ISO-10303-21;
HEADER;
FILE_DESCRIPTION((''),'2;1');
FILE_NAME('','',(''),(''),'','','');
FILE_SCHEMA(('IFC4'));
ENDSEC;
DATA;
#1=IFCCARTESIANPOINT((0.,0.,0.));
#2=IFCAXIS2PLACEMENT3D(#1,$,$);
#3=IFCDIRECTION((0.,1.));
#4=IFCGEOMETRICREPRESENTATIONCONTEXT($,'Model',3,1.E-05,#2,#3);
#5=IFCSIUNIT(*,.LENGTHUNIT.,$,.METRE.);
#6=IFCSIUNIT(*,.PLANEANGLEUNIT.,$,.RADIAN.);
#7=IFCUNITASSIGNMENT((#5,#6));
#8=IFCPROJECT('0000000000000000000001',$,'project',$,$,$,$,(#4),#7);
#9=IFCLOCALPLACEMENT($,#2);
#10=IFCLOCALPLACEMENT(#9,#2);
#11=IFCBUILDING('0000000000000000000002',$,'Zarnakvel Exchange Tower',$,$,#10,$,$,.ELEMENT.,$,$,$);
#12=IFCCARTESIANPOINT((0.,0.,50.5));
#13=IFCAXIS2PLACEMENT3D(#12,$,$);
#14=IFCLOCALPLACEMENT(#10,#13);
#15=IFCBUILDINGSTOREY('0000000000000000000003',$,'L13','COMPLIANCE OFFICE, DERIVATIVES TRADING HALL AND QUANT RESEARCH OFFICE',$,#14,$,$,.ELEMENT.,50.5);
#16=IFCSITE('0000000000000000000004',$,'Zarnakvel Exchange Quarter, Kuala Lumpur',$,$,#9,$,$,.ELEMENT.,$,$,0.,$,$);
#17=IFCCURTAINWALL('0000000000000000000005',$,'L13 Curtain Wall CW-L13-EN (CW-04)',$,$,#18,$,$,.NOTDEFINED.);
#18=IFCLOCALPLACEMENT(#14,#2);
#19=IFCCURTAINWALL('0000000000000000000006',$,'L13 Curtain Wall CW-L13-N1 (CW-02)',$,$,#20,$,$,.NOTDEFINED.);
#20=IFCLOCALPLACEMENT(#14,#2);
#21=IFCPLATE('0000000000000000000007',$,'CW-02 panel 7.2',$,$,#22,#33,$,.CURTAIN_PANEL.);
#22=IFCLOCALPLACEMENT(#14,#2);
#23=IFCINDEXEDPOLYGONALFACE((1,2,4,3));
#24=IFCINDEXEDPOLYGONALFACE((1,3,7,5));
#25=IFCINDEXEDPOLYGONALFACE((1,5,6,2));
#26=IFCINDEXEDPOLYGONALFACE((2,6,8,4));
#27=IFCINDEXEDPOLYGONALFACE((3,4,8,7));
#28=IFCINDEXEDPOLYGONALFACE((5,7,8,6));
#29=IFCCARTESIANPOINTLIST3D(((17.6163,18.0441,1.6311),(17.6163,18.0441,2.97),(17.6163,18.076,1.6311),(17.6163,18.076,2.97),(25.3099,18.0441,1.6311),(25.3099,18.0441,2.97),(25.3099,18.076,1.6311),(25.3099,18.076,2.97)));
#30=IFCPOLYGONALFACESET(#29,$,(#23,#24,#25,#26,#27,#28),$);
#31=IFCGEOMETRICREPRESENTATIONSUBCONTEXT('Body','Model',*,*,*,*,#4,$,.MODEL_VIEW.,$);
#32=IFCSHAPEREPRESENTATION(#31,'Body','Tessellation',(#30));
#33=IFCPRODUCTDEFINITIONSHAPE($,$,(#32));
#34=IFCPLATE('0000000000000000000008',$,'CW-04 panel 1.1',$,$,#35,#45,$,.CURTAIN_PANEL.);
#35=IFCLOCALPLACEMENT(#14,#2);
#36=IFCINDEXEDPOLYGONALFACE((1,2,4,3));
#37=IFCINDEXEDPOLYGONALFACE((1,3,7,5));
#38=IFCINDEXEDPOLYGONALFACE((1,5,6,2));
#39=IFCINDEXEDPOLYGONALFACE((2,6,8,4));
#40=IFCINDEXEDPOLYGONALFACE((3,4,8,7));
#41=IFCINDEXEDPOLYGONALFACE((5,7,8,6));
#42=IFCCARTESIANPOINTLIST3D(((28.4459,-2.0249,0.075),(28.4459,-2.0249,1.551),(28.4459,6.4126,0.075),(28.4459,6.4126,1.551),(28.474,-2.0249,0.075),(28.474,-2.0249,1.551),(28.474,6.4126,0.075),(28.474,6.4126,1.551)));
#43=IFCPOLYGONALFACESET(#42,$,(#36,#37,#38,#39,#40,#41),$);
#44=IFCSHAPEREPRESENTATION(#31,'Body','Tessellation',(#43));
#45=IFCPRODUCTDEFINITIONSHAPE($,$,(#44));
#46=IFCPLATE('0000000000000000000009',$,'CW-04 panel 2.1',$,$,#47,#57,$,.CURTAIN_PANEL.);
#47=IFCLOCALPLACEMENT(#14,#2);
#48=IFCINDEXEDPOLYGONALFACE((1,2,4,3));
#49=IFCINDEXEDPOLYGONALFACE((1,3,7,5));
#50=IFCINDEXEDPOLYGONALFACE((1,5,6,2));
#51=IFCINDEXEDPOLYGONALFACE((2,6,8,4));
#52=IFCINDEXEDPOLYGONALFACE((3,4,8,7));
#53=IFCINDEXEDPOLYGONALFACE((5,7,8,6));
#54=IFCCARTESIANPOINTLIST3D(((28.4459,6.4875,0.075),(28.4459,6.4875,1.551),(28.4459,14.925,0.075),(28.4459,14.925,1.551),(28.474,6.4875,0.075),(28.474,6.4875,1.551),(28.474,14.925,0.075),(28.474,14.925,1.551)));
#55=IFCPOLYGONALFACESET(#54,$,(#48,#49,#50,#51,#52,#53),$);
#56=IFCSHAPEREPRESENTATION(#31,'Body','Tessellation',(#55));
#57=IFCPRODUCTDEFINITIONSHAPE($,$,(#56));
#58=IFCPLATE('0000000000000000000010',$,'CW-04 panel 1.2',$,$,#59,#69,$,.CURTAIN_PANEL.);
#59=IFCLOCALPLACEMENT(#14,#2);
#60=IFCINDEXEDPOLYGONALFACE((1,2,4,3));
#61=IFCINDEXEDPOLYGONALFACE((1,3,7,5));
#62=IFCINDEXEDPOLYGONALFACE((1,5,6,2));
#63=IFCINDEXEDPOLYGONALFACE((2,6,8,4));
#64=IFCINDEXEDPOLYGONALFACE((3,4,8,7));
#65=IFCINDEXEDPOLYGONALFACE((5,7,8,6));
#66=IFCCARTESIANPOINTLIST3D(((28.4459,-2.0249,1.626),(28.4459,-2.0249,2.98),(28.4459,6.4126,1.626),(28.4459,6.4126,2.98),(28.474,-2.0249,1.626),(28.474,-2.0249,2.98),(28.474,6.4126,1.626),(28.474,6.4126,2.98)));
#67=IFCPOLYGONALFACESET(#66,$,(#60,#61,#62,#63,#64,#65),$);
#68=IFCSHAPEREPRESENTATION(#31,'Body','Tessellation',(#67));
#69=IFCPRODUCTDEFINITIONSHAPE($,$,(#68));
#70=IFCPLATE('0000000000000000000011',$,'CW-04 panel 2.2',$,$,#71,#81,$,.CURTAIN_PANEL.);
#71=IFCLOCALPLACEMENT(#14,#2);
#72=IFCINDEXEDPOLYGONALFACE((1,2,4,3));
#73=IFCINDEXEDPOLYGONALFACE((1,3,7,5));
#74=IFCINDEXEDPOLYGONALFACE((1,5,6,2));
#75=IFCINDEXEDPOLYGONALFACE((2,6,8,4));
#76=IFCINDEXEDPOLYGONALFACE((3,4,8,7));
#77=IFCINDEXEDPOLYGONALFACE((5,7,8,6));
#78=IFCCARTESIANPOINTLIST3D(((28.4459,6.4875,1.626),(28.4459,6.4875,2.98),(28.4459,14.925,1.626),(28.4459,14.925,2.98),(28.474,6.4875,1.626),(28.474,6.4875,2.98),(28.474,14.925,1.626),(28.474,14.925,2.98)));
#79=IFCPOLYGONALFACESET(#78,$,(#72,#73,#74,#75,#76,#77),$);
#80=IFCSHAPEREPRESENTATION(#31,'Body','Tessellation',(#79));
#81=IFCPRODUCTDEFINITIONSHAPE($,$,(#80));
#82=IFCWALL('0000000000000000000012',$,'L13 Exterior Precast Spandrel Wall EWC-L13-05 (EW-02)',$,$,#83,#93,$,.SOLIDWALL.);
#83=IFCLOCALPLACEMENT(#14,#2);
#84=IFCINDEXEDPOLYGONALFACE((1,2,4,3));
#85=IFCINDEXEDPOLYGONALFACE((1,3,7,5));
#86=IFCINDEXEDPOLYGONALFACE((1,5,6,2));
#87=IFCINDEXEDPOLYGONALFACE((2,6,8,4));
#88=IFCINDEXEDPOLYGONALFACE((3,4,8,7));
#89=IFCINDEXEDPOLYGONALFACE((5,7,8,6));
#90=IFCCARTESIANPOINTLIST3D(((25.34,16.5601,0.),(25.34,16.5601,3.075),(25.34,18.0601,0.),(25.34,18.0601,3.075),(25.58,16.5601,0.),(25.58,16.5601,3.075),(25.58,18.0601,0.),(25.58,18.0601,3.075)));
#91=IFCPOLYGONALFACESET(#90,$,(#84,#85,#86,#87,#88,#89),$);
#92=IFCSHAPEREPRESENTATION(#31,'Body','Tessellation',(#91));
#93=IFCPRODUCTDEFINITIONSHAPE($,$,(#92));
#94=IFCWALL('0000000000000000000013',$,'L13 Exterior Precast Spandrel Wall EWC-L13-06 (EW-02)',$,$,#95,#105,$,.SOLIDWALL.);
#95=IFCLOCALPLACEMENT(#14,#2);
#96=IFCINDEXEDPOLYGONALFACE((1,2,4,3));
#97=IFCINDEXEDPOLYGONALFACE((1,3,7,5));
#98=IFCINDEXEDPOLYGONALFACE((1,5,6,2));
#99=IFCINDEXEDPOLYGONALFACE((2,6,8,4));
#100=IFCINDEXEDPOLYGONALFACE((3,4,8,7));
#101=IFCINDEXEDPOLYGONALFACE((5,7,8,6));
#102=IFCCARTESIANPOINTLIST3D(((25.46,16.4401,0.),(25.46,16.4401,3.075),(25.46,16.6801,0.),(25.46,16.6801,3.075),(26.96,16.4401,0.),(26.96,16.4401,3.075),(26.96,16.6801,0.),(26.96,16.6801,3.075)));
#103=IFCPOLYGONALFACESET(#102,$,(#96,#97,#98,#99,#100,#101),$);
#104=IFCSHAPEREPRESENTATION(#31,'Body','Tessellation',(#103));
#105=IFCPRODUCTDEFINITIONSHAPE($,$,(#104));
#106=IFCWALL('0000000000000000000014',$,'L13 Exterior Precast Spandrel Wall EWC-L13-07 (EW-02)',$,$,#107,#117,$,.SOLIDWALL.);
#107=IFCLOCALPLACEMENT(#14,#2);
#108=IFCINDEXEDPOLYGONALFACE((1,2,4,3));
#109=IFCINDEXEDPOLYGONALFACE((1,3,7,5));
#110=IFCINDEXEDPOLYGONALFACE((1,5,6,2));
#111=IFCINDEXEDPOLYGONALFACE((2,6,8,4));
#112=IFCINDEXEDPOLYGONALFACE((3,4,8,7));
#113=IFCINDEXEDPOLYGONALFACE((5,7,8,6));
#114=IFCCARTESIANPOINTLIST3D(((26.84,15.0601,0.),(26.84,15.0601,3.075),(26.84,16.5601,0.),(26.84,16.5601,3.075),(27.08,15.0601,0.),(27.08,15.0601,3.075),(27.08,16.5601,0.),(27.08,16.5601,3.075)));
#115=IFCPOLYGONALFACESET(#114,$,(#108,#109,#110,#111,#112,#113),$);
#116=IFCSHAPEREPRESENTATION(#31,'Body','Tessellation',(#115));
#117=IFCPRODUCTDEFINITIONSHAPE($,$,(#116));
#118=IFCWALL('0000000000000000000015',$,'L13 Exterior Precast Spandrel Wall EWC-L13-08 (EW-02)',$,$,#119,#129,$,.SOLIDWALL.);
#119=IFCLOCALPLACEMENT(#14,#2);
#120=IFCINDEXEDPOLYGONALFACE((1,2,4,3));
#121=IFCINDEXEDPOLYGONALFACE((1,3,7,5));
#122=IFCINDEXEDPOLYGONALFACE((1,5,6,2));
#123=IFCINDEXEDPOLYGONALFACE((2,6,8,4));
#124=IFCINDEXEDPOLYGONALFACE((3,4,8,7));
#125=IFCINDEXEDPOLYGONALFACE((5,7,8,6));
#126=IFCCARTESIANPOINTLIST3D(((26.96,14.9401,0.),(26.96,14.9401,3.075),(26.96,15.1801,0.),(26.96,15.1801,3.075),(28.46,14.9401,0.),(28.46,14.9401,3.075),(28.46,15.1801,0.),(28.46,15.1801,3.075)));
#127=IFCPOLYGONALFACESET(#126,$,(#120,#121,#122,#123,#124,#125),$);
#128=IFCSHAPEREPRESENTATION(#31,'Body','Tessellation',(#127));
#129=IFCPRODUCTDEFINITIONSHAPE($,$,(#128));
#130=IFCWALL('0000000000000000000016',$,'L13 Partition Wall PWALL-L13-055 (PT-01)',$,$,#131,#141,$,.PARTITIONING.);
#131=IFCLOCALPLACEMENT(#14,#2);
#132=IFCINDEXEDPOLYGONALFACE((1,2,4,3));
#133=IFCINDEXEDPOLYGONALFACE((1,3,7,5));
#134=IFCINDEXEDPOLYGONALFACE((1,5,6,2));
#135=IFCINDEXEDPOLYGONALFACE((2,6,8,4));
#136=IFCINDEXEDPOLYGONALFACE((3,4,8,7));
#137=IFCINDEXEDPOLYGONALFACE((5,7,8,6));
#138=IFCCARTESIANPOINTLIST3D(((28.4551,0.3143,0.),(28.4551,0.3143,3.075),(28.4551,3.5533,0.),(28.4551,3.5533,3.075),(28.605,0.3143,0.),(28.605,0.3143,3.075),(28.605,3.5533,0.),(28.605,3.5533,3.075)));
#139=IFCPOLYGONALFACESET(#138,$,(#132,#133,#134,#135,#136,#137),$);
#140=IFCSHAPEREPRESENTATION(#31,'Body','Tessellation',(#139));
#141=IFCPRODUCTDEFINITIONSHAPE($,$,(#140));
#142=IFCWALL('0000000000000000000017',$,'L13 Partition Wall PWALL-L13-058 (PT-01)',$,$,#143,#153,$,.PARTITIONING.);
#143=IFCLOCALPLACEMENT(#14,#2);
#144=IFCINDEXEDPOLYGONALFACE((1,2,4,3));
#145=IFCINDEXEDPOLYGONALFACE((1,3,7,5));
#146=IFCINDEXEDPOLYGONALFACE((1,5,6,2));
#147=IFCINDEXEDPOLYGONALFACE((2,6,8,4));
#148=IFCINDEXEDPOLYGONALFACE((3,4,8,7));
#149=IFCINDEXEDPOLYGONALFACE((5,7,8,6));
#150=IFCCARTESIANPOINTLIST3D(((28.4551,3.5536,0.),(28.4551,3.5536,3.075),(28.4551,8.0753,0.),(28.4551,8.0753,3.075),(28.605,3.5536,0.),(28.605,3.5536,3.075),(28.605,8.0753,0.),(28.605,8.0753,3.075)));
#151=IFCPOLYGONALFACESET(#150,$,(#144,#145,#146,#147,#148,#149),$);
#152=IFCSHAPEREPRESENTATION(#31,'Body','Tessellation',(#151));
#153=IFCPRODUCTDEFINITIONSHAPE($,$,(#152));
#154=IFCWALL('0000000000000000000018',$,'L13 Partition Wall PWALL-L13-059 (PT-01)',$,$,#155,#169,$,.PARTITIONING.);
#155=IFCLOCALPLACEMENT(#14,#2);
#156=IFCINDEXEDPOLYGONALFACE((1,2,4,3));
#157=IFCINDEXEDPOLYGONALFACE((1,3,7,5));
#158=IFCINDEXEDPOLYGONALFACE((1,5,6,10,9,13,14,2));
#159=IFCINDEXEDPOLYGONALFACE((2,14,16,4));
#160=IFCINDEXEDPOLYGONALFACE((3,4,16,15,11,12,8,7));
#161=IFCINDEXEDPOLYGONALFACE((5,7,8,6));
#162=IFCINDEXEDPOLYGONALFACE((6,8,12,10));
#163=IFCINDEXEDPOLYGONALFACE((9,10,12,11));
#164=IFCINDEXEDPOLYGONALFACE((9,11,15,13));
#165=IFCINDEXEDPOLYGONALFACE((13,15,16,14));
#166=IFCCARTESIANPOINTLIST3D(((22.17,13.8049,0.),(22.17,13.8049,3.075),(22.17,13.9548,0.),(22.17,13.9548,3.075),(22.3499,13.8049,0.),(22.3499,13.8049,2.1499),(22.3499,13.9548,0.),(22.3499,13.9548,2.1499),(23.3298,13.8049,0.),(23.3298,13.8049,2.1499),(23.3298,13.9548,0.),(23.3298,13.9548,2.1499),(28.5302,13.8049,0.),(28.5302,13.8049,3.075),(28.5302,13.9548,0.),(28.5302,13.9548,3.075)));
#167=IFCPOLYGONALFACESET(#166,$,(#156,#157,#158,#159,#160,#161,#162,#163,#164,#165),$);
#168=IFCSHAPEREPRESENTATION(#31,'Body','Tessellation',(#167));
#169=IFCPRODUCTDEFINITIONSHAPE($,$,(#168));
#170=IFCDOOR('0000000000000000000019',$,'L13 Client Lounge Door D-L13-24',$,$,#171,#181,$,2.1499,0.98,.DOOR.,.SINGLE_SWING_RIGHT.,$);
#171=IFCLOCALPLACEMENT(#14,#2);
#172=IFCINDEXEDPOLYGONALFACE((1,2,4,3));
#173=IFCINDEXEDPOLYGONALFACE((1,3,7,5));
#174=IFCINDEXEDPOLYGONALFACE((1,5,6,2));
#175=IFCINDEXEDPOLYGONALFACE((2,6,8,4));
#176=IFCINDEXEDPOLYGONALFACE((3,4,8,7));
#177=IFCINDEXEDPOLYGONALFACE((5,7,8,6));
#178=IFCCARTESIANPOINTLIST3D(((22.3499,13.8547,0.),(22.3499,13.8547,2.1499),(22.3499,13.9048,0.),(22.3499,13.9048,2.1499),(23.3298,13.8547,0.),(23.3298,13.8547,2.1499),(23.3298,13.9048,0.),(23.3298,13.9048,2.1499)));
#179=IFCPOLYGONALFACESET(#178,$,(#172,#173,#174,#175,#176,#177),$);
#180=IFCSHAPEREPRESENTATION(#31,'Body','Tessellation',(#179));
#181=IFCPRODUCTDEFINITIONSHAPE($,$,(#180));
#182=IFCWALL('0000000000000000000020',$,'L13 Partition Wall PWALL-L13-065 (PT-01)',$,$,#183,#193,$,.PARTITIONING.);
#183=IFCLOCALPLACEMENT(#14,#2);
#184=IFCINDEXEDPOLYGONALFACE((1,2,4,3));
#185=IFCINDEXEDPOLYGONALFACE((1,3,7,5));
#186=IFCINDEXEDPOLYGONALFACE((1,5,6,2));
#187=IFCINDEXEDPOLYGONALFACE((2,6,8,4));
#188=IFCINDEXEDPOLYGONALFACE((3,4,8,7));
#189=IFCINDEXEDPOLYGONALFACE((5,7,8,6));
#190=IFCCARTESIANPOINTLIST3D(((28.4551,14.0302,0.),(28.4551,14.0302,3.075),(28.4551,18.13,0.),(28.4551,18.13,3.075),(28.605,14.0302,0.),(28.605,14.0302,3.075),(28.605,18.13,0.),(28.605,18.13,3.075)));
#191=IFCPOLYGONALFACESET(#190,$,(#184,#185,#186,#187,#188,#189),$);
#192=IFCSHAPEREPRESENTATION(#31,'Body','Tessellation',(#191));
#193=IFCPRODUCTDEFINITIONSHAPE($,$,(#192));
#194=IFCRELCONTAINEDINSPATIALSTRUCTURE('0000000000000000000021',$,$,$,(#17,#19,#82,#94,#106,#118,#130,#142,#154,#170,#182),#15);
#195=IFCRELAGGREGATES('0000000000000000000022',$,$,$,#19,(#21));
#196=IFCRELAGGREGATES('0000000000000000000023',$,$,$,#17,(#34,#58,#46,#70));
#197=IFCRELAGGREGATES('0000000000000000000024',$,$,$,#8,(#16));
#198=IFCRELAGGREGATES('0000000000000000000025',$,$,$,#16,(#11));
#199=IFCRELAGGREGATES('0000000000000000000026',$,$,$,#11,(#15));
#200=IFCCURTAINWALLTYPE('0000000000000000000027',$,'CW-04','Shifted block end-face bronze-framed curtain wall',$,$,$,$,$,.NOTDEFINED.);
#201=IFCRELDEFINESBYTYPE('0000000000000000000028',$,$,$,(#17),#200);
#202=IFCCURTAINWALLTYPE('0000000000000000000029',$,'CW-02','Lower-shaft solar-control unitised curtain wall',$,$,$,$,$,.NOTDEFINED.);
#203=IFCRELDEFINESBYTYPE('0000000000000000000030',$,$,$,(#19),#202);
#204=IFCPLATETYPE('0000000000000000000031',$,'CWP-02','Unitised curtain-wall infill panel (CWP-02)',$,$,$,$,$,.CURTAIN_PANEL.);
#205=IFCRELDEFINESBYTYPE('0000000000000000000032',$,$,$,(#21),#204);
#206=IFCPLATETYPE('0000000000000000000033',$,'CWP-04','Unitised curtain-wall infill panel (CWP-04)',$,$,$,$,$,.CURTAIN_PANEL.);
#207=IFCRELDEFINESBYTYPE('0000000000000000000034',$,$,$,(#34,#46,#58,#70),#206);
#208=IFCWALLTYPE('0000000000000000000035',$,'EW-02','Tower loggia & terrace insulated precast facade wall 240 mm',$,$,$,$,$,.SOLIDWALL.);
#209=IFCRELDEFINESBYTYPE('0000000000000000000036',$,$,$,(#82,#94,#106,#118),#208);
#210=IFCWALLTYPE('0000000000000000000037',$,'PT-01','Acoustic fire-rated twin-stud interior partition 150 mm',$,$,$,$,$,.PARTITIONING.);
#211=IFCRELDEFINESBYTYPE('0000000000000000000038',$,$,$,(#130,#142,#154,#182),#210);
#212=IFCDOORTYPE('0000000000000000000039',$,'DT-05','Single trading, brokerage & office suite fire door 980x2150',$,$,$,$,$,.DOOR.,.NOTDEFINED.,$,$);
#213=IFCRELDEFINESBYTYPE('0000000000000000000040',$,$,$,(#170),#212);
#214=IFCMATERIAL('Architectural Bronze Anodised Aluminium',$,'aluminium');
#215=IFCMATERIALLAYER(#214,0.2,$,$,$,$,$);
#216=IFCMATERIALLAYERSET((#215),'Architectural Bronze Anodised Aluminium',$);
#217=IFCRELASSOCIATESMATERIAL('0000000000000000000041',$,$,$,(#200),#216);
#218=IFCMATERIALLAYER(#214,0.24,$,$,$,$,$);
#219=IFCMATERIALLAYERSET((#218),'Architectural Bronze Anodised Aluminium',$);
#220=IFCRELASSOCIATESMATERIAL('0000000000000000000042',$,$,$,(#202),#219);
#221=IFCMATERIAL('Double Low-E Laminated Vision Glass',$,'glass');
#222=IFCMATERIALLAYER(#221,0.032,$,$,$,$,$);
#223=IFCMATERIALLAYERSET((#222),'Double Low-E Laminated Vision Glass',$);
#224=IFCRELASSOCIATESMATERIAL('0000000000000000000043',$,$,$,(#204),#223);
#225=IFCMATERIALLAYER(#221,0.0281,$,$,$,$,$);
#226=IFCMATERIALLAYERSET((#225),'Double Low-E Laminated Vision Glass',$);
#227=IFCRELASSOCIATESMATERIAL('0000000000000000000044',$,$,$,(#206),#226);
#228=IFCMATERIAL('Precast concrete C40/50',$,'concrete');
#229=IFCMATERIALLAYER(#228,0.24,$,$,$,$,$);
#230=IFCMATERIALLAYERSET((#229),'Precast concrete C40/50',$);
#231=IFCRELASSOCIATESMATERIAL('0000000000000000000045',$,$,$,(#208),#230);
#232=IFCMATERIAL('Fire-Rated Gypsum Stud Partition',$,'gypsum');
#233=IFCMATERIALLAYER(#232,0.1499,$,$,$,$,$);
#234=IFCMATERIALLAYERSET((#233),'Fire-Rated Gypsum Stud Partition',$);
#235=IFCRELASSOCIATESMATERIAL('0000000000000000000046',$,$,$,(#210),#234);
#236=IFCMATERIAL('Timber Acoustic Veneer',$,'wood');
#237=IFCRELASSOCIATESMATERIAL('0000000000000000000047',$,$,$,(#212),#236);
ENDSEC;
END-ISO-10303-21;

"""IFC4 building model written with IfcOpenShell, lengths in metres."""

from ifc_helpers import new_model, si_unit, direction, frame, frame_2d, origin, origin_2d, place, context, subcontext, project, spatial, rectangle, extrude, source, transform, mapped, material, layer, layer_set, type_object, element, fill, aggregate, save


model = new_model("IFC4")

# Units and contexts
model_context = context("Model", 3, precision=1e-05, world=origin(), true_north=direction((0.0, 1.0)))
body_context = subcontext(model_context, "Body", "Model", "MODEL_VIEW")
ifc_project = project(units=[si_unit("LENGTHUNIT", "METRE"), si_unit("PLANEANGLEUNIT", "RADIAN")], contexts=[model_context])

# Site, building, storey
site_placement = place(None, origin())
site = spatial("IfcSite", under=ifc_project, at=site_placement, Name="Zarnakvel Exchange Quarter, Kuala Lumpur", CompositionType="ELEMENT", RefElevation=0.0)
building_placement = place(site_placement, origin())
building = spatial("IfcBuilding", under=site, at=building_placement, Name="Zarnakvel Exchange Tower", CompositionType="ELEMENT")
storey_placement = place(building_placement, frame((0.0, 0.0, 50.5)))
storey = spatial("IfcBuildingStorey", under=building, at=storey_placement, Name="L13", Description="COMPLIANCE OFFICE, DERIVATIVES TRADING HALL AND QUANT RESEARCH OFFICE", CompositionType="ELEMENT", Elevation=50.5)

# Curtain wall
ifc_material_1 = material(Name="Architectural Bronze Anodised Aluminium", Category="aluminium")
ifc_layer_1 = layer(ifc_material_1, 0.2)
ifc_layer_set_1 = layer_set([ifc_layer_1], Name="Architectural Bronze Anodised Aluminium")
curtain_wall_type_1 = type_object("IfcCurtainWallType", Name="CW-04", Description="Shifted block end-face bronze-framed curtain wall", PredefinedType="NOTDEFINED", material=ifc_layer_set_1)
curtain_wall_1_placement = place(storey_placement, origin())
curtain_wall_1 = element("IfcCurtainWall", 1, at=curtain_wall_1_placement, inside=storey, type_object=curtain_wall_type_1, Name="L13 Curtain Wall CW-L13-EN (CW-04)", PredefinedType="NOTDEFINED")

# Curtain wall
ifc_layer_2 = layer(ifc_material_1, 0.24)
ifc_layer_set_2 = layer_set([ifc_layer_2], Name="Architectural Bronze Anodised Aluminium")
curtain_wall_type_2 = type_object("IfcCurtainWallType", Name="CW-02", Description="Lower-shaft solar-control unitised curtain wall", PredefinedType="NOTDEFINED", material=ifc_layer_set_2)
curtain_wall_2_placement = place(storey_placement, origin())
curtain_wall_2 = element("IfcCurtainWall", 2, at=curtain_wall_2_placement, inside=storey, type_object=curtain_wall_type_2, Name="L13 Curtain Wall CW-L13-N1 (CW-02)", PredefinedType="NOTDEFINED")

# Plates
ifc_material_2 = material(Name="Double Low-E Laminated Vision Glass", Category="glass")
ifc_layer_3 = layer(ifc_material_2, 0.032)
ifc_layer_set_3 = layer_set([ifc_layer_3], Name="Double Low-E Laminated Vision Glass")
plate_type_1 = type_object("IfcPlateType", Name="CWP-02", Description="Unitised curtain-wall infill panel (CWP-02)", PredefinedType="CURTAIN_PANEL", material=ifc_layer_set_3)
shared_shape_1 = source(origin(), body_context, "Body", "SweptSolid", [
    extrude(rectangle(XDim=7.6936, YDim=0.032, at=origin_2d()), origin(), (0.0, 0.0, 1.0), 1.3389),
])
plate_1_placement = place(storey_placement, frame((21.4631, 18.0601, 1.6311), z_axis=(0.0, 0.0, 1.0), x_axis=(1.0, 0.0, 0.0)))
plate_1 = element("IfcPlate", 3, at=plate_1_placement, type_object=plate_type_1, Name="CW-02 panel 7.2", PredefinedType="CURTAIN_PANEL", context=body_context, shape_type="MappedRepresentation", body=[
    mapped(shared_shape_1, transform((0.0, 0.0, 0.0), x_axis=(1.0, 0.0, 0.0), y_axis=(0.0, 1.0, 0.0), z_axis=(0.0, 0.0, 1.0), scale=1.0)),
])
aggregate(curtain_wall_2, [plate_1])
ifc_layer_4 = layer(ifc_material_2, 0.0281)
ifc_layer_set_4 = layer_set([ifc_layer_4], Name="Double Low-E Laminated Vision Glass")
plate_type_2 = type_object("IfcPlateType", Name="CWP-04", Description="Unitised curtain-wall infill panel (CWP-04)", PredefinedType="CURTAIN_PANEL", material=ifc_layer_set_4)
shared_shape_2 = source(origin(), body_context, "Body", "SweptSolid", [
    extrude(rectangle(XDim=8.4375, YDim=0.0281, at=origin_2d()), origin(), (0.0, 0.0, 1.0), 1.4761),
])
plate_2_placement = place(storey_placement, frame((28.46, 2.1938, 0.075), z_axis=(0.0, 0.0, 1.0), x_axis=(0.0, 1.0, 0.0)))
plate_2 = element("IfcPlate", 4, at=plate_2_placement, type_object=plate_type_2, Name="CW-04 panel 1.1", PredefinedType="CURTAIN_PANEL", context=body_context, shape_type="MappedRepresentation", body=[
    mapped(shared_shape_2, transform((0.0, 0.0, 0.0), x_axis=(1.0, 0.0, 0.0), y_axis=(0.0, 1.0, 0.0), z_axis=(0.0, 0.0, 1.0), scale=1.0)),
])
plate_3_placement = place(storey_placement, frame((28.46, 10.7063, 0.075), z_axis=(0.0, 0.0, 1.0), x_axis=(0.0, 1.0, 0.0)))
plate_3 = element("IfcPlate", 5, at=plate_3_placement, type_object=plate_type_2, Name="CW-04 panel 2.1", PredefinedType="CURTAIN_PANEL", context=body_context, shape_type="MappedRepresentation", body=[
    mapped(shared_shape_2, transform((0.0, 0.0, 0.0), x_axis=(1.0, 0.0, 0.0), y_axis=(0.0, 1.0, 0.0), z_axis=(0.0, 0.0, 1.0), scale=1.0)),
])
shared_shape_3 = source(origin(), body_context, "Body", "SweptSolid", [
    extrude(rectangle(XDim=8.4375, YDim=0.0281, at=origin_2d()), origin(), (0.0, 0.0, 1.0), 1.354),
])
plate_4_placement = place(storey_placement, frame((28.46, 2.1938, 1.626), z_axis=(0.0, 0.0, 1.0), x_axis=(0.0, 1.0, 0.0)))
plate_4 = element("IfcPlate", 6, at=plate_4_placement, type_object=plate_type_2, Name="CW-04 panel 1.2", PredefinedType="CURTAIN_PANEL", context=body_context, shape_type="MappedRepresentation", body=[
    mapped(shared_shape_3, transform((0.0, 0.0, 0.0), x_axis=(1.0, 0.0, 0.0), y_axis=(0.0, 1.0, 0.0), z_axis=(0.0, 0.0, 1.0), scale=1.0)),
])
plate_5_placement = place(storey_placement, frame((28.46, 10.7063, 1.626), z_axis=(0.0, 0.0, 1.0), x_axis=(0.0, 1.0, 0.0)))
plate_5 = element("IfcPlate", 7, at=plate_5_placement, type_object=plate_type_2, Name="CW-04 panel 2.2", PredefinedType="CURTAIN_PANEL", context=body_context, shape_type="MappedRepresentation", body=[
    mapped(shared_shape_3, transform((0.0, 0.0, 0.0), x_axis=(1.0, 0.0, 0.0), y_axis=(0.0, 1.0, 0.0), z_axis=(0.0, 0.0, 1.0), scale=1.0)),
])
aggregate(curtain_wall_1, [plate_2, plate_4, plate_3, plate_5])

# Walls
ifc_material_3 = material(Name="Precast concrete C40/50", Category="concrete")
ifc_layer_5 = layer(ifc_material_3, 0.24)
ifc_layer_set_5 = layer_set([ifc_layer_5], Name="Precast concrete C40/50")
wall_type_1 = type_object("IfcWallType", Name="EW-02", Description="Tower loggia & terrace insulated precast facade wall 240 mm", PredefinedType="SOLIDWALL", material=ifc_layer_set_5)
for number, where, z_axis, x_axis, name in (
    (8, (25.46, 16.5601, 0.0), (0.0, 0.0, 1.0), (0.0, 1.0, 0.0), "L13 Exterior Precast Spandrel Wall EWC-L13-05 (EW-02)"),
    (9, (26.96, 16.5601, 0.0), (0.0, 0.0, 1.0), (-1.0, 0.0, 0.0), "L13 Exterior Precast Spandrel Wall EWC-L13-06 (EW-02)"),
    (10, (26.96, 15.0601, 0.0), (0.0, 0.0, 1.0), (0.0, 1.0, 0.0), "L13 Exterior Precast Spandrel Wall EWC-L13-07 (EW-02)"),
    (11, (28.46, 15.0601, 0.0), (0.0, 0.0, 1.0), (-1.0, 0.0, 0.0), "L13 Exterior Precast Spandrel Wall EWC-L13-08 (EW-02)"),
):
    element("IfcWall", number, at=place(storey_placement, frame(where, z_axis=z_axis, x_axis=x_axis)), inside=storey, type_object=wall_type_1, Name=name, PredefinedType="SOLIDWALL", context=body_context, shape_type="SweptSolid", body=[
        extrude(rectangle(XDim=1.5, YDim=0.24, at=frame_2d((0.75, 0.0))), origin(), (0.0, 0.0, 1.0), 3.075),
    ])
ifc_material_4 = material(Name="Fire-Rated Gypsum Stud Partition", Category="gypsum")
ifc_layer_6 = layer(ifc_material_4, 0.1499)
ifc_layer_set_6 = layer_set([ifc_layer_6], Name="Fire-Rated Gypsum Stud Partition")
wall_type_2 = type_object("IfcWallType", Name="PT-01", Description="Acoustic fire-rated twin-stud interior partition 150 mm", PredefinedType="PARTITIONING", material=ifc_layer_set_6)
wall_1_placement = place(storey_placement, frame((28.53, 3.5535, 0.0), z_axis=(0.0, 0.0, 1.0), x_axis=(0.0, -1.0, 0.0)))
element("IfcWall", 12, at=wall_1_placement, inside=storey, type_object=wall_type_2, Name="L13 Partition Wall PWALL-L13-055 (PT-01)", PredefinedType="PARTITIONING", context=body_context, shape_type="SweptSolid", body=[
    extrude(rectangle(XDim=3.239, YDim=0.1499, at=frame_2d((1.6196, 0.0))), origin(), (0.0, 0.0, 1.0), 3.075),
])
wall_2_placement = place(storey_placement, frame((28.53, 8.0752, 0.0), z_axis=(0.0, 0.0, 1.0), x_axis=(0.0, -1.0, 0.0)))
element("IfcWall", 13, at=wall_2_placement, inside=storey, type_object=wall_type_2, Name="L13 Partition Wall PWALL-L13-058 (PT-01)", PredefinedType="PARTITIONING", context=body_context, shape_type="SweptSolid", body=[
    extrude(rectangle(XDim=4.5217, YDim=0.1499, at=frame_2d((2.2607, 0.0))), origin(), (0.0, 0.0, 1.0), 3.075),
])

# Wall, opening, door
wall_3_placement = place(storey_placement, frame((22.1699, 13.8799, 0.0), z_axis=(0.0, 0.0, 1.0), x_axis=(1.0, 0.0, 0.0)))
wall_3 = element("IfcWall", 14, at=wall_3_placement, inside=storey, type_object=wall_type_2, Name="L13 Partition Wall PWALL-L13-059 (PT-01)", PredefinedType="PARTITIONING", context=body_context, shape_type="SweptSolid", body=[
    extrude(rectangle(XDim=6.3601, YDim=0.1499, at=frame_2d((3.1802, 0.0))), origin(), (0.0, 0.0, 1.0), 3.075),
])
opening_1_placement = place(wall_3_placement, frame((0.1799, 0.0, 0.0)))
opening_1 = element("IfcOpeningElement", 15, at=opening_1_placement, cuts=wall_3, PredefinedType="OPENING", context=body_context, shape_type="SweptSolid", body=[
    extrude(rectangle(XDim=0.98, YDim=2.1499, at=frame_2d((0.49, 1.075))), frame((0.0, 0.085, 0.0), z_axis=(0.0, -1.0, 0.0), x_axis=(1.0, 0.0, 0.0)), (0.0, 0.0, 1.0), 0.1699),
])
ifc_material_5 = material(Name="Timber Acoustic Veneer", Category="wood")
door_type = type_object("IfcDoorType", Name="DT-05", Description="Single trading, brokerage & office suite fire door 980x2150", OperationType="NOTDEFINED", PredefinedType="DOOR", material=ifc_material_5)
shared_shape_4 = source(origin(), body_context, "Body", "SweptSolid", [
    extrude(rectangle(XDim=0.98, YDim=2.1499, at=frame_2d((0.49, 1.075))), frame((0.0, 0.0249, 0.0), z_axis=(0.0, -1.0, 0.0), x_axis=(1.0, 0.0, 0.0)), (0.0, 0.0, 1.0), 0.05),
])
door_1_placement = place(opening_1_placement, origin())
door_1 = element("IfcDoor", 16, at=door_1_placement, inside=storey, type_object=door_type, Name="L13 Client Lounge Door D-L13-24", OperationType="SINGLE_SWING_RIGHT", OverallHeight=2.1499, OverallWidth=0.98, PredefinedType="DOOR", context=body_context, shape_type="MappedRepresentation", body=[
    mapped(shared_shape_4, transform((0.0, 0.0, 0.0), x_axis=(1.0, 0.0, 0.0), y_axis=(0.0, 1.0, 0.0), z_axis=(0.0, 0.0, 1.0), scale=1.0)),
])
fill(opening_1, door_1)

# Wall
wall_4_placement = place(storey_placement, frame((28.53, 18.1299, 0.0), z_axis=(0.0, 0.0, 1.0), x_axis=(0.0, -1.0, 0.0)))
element("IfcWall", 17, at=wall_4_placement, inside=storey, type_object=wall_type_2, Name="L13 Partition Wall PWALL-L13-065 (PT-01)", PredefinedType="PARTITIONING", context=body_context, shape_type="SweptSolid", body=[
    extrude(rectangle(XDim=4.0999, YDim=0.1499, at=frame_2d((2.0498, 0.0))), origin(), (0.0, 0.0, 1.0), 3.075),
])

save(model, "model.ifc")
